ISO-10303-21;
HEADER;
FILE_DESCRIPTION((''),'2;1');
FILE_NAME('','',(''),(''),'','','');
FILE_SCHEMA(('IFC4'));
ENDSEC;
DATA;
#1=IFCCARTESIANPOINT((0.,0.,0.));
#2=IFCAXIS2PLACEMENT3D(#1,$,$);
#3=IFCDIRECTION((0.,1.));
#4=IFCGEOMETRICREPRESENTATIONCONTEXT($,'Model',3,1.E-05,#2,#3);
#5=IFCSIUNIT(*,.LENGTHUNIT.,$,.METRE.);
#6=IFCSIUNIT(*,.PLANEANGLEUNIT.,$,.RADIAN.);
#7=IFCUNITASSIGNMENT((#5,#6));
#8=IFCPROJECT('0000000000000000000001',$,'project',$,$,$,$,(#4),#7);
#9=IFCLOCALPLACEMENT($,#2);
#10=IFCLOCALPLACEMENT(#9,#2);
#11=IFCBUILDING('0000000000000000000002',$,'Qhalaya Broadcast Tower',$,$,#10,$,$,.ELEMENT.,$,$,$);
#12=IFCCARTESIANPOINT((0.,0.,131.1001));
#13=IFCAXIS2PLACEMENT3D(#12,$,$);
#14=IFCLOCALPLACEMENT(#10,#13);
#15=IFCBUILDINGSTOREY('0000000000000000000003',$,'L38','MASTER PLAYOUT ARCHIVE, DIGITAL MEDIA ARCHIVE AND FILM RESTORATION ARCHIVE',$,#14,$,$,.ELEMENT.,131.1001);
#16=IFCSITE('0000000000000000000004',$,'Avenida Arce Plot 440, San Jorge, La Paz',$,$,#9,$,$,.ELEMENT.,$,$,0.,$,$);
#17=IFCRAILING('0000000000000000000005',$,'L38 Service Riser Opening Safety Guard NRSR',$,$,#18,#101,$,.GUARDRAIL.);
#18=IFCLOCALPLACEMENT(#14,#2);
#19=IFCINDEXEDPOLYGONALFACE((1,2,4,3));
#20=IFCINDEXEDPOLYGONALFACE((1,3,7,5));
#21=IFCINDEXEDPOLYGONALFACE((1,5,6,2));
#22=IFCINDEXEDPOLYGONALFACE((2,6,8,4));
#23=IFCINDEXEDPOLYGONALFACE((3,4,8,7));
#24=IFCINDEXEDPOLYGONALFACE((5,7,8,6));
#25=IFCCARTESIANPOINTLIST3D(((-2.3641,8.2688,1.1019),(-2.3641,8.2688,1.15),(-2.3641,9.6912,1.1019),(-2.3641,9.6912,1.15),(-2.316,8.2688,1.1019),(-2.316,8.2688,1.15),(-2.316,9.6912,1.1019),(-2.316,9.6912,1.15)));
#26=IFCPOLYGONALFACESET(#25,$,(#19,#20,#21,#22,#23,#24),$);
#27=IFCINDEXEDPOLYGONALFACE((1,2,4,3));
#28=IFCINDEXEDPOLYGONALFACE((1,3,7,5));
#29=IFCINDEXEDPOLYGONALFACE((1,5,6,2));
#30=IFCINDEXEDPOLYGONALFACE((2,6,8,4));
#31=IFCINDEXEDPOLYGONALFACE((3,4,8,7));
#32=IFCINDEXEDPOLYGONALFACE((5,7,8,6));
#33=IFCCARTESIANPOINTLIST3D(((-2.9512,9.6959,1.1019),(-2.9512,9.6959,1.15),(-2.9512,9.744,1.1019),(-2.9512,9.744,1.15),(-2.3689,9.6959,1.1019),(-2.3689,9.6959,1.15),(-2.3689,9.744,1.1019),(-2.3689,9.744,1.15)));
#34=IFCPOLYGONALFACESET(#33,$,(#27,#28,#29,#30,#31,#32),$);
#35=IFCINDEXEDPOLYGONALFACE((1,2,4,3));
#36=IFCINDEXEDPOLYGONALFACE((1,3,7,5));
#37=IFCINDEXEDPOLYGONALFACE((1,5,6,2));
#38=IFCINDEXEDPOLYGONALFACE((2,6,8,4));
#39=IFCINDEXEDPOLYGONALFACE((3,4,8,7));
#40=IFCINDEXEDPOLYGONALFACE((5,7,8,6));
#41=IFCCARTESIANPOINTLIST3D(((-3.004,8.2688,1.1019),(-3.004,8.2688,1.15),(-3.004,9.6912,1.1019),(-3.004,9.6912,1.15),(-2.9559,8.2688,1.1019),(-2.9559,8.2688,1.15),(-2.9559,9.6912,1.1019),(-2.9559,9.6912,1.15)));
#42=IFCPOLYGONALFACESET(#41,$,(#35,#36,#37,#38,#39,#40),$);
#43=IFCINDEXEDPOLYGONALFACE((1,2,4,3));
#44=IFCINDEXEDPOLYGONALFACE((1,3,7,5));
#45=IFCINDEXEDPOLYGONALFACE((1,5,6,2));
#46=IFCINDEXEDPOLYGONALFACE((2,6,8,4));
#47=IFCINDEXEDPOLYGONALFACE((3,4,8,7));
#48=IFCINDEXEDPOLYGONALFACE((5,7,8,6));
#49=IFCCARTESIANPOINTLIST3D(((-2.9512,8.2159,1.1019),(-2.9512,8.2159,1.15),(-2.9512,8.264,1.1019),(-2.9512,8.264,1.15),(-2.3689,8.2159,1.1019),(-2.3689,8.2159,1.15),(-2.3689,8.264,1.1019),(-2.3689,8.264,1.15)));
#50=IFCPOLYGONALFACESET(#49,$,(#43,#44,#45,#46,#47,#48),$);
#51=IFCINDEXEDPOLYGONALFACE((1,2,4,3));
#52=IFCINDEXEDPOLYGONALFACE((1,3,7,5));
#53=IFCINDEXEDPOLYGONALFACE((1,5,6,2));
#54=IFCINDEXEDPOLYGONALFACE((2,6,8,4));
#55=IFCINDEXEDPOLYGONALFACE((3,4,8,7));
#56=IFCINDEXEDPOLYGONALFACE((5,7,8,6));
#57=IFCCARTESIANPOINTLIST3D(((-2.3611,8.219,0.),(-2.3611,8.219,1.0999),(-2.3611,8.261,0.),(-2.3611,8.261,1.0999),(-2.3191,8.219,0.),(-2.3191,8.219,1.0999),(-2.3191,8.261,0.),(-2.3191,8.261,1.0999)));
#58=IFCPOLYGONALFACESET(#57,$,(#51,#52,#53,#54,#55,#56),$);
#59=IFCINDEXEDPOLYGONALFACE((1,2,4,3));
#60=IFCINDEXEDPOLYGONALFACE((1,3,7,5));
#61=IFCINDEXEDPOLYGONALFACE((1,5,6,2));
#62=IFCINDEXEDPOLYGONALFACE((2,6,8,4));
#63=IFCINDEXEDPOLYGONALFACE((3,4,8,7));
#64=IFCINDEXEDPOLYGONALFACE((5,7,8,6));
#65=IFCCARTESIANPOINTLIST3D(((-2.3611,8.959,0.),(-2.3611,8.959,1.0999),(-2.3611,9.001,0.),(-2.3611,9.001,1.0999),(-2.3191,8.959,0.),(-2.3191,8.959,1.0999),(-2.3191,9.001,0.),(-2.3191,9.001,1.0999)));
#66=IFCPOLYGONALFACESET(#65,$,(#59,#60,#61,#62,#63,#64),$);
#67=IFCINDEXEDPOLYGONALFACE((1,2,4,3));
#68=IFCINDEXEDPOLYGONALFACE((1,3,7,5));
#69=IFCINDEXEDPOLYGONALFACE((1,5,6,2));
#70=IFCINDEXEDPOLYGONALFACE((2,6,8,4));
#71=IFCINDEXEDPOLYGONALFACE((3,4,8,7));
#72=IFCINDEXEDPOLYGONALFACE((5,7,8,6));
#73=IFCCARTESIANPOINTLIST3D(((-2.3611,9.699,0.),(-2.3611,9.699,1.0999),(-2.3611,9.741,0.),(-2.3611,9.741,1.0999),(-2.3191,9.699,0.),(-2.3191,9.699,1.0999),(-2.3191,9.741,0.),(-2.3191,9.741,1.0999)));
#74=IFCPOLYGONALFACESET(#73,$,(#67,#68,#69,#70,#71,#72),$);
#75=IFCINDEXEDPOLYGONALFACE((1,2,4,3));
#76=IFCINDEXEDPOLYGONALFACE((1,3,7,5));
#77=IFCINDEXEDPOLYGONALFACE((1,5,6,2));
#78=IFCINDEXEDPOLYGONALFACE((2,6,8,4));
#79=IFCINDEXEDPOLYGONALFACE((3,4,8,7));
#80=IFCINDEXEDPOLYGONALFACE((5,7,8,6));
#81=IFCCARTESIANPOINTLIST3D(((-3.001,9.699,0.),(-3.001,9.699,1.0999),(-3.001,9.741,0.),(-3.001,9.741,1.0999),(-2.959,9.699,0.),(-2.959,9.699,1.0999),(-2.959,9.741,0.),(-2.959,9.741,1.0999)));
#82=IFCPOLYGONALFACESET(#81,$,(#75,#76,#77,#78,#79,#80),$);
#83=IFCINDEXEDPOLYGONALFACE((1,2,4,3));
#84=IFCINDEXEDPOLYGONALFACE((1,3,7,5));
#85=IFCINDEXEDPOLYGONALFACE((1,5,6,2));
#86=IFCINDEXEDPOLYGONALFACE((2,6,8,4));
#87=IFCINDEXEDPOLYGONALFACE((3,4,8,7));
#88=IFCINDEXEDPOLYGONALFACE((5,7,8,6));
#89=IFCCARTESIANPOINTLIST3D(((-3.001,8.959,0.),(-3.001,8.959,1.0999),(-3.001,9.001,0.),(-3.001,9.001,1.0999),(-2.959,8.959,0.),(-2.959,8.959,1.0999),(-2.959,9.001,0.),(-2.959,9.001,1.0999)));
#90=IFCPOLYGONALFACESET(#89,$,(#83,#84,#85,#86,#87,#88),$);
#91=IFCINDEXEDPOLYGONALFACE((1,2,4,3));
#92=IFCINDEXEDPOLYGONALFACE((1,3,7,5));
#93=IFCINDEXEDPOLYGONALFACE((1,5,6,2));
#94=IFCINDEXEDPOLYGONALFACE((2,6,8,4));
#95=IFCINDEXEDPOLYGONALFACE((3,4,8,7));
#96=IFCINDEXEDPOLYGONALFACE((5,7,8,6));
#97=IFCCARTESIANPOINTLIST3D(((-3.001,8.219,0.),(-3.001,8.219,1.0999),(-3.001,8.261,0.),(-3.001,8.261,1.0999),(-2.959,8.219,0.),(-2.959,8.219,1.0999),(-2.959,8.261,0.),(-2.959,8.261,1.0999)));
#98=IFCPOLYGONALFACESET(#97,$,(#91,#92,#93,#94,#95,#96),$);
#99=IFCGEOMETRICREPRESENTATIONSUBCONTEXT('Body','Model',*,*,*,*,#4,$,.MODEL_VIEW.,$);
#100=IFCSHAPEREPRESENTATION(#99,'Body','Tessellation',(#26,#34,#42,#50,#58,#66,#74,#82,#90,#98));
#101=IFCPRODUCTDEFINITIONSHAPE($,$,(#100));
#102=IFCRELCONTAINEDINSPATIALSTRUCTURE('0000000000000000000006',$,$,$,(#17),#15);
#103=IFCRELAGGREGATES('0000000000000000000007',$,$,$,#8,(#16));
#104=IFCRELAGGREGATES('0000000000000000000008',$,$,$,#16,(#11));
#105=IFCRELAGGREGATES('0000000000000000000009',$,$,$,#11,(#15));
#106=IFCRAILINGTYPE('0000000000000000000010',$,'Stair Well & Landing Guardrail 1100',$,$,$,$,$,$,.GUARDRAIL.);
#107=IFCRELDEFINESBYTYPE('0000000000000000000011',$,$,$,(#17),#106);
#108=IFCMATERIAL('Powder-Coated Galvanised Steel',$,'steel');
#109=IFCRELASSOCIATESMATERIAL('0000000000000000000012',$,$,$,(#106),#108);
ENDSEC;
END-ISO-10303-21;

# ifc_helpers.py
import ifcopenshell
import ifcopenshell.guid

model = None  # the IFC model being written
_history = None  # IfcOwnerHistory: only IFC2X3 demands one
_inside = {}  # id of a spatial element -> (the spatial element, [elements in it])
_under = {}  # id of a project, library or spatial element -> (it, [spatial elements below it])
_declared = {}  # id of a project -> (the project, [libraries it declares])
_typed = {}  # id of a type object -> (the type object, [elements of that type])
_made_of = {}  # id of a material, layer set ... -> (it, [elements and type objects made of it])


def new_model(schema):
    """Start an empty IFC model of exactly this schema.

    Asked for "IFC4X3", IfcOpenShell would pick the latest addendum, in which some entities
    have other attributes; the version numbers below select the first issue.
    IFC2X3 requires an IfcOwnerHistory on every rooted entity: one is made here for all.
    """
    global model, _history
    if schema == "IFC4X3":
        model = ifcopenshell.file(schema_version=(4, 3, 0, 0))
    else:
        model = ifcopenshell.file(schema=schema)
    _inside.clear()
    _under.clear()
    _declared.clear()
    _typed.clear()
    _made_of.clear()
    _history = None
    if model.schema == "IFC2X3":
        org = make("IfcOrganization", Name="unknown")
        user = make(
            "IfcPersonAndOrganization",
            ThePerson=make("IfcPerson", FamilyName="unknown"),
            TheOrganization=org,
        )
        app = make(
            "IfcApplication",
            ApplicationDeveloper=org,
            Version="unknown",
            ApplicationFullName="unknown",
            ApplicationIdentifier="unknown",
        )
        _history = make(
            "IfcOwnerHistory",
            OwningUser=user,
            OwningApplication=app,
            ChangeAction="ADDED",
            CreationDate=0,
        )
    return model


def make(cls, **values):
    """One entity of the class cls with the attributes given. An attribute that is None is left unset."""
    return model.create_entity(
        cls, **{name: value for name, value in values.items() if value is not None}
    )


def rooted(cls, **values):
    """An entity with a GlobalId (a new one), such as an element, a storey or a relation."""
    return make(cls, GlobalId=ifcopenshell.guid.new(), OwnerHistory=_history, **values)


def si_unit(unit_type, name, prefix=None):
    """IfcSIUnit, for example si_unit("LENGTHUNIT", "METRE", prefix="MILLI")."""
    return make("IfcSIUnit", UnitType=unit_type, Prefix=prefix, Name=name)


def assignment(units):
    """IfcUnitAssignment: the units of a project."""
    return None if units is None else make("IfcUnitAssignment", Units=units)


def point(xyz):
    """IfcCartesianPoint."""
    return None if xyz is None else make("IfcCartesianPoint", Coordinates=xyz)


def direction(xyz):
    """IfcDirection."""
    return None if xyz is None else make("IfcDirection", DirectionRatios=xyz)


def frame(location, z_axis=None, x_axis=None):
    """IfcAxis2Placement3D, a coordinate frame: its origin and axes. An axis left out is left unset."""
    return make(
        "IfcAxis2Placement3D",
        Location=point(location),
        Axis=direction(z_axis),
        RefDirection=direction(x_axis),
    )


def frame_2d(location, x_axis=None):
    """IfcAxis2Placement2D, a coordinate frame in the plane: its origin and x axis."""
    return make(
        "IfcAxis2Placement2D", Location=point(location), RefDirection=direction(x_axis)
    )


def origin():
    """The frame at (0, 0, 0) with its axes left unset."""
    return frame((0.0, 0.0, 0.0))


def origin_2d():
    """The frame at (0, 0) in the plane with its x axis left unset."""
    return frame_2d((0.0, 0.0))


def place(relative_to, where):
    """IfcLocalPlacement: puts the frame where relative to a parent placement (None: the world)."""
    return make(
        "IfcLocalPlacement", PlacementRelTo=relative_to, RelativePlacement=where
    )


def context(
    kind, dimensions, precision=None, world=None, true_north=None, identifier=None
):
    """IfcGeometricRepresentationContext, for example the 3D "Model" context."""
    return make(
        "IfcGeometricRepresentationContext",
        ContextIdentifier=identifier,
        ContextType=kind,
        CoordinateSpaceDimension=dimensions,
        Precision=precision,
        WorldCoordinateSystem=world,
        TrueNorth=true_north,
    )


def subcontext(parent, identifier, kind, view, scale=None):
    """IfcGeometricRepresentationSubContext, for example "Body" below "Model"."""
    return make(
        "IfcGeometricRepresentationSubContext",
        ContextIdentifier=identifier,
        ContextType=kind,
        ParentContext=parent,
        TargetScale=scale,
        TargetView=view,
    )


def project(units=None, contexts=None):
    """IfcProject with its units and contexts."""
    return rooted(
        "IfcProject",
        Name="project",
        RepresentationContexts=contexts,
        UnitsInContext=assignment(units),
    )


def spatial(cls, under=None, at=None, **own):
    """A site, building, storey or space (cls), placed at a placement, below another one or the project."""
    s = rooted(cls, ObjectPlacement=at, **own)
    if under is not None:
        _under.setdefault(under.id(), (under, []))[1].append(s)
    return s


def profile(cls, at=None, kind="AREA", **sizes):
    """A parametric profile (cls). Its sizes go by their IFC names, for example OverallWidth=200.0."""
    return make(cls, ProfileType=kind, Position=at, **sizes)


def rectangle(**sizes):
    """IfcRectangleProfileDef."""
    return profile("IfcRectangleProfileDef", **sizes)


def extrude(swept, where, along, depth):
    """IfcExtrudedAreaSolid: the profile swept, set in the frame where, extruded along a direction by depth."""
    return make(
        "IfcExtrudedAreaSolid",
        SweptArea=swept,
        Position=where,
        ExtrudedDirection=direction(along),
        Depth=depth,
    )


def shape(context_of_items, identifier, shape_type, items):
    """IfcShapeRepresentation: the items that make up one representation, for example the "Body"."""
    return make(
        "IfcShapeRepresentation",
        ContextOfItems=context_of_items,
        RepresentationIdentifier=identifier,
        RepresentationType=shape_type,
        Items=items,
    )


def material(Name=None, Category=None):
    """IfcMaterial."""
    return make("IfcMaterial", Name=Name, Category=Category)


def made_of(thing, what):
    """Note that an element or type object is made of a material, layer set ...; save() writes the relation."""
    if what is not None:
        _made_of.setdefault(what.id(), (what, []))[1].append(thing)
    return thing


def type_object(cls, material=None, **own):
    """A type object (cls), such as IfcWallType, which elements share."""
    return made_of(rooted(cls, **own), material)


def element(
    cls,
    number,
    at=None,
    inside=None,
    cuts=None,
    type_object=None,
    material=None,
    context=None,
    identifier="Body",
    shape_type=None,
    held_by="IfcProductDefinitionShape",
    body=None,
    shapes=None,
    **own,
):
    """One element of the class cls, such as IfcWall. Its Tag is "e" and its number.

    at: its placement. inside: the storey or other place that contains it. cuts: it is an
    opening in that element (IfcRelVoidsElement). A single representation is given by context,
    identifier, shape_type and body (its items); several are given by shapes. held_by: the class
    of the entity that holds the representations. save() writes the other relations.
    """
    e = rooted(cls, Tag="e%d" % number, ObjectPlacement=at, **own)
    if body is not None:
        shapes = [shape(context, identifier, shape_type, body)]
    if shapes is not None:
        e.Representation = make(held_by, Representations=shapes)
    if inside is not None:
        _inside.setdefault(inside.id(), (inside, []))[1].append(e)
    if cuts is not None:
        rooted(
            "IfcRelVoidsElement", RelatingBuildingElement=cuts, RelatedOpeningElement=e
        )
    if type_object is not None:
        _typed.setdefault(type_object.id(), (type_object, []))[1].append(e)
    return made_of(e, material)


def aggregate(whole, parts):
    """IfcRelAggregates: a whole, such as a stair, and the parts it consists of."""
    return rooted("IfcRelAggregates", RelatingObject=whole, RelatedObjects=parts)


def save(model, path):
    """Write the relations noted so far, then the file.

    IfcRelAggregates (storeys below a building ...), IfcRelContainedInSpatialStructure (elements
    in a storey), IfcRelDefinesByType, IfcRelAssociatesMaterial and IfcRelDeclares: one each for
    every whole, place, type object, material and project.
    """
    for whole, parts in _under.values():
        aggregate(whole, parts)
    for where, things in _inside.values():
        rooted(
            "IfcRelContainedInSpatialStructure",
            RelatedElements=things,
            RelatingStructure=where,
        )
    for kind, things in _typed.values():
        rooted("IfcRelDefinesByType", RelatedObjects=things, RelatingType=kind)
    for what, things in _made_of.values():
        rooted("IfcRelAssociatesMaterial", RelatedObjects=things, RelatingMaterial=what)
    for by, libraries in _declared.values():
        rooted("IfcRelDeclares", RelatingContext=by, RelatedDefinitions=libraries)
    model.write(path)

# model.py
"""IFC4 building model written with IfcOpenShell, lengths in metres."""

from ifc_helpers import new_model, si_unit, direction, frame, origin, origin_2d, place, context, subcontext, project, spatial, rectangle, extrude, material, type_object, element, save


model = new_model("IFC4")

# Units and contexts
model_context = context("Model", 3, precision=1e-05, world=origin(), true_north=direction((0.0, 1.0)))
body_context = subcontext(model_context, "Body", "Model", "MODEL_VIEW")
ifc_project = project(units=[si_unit("LENGTHUNIT", "METRE"), si_unit("PLANEANGLEUNIT", "RADIAN")], contexts=[model_context])

# Site, building, storey
site_placement = place(None, origin())
site = spatial("IfcSite", under=ifc_project, at=site_placement, Name="Avenida Arce Plot 440, San Jorge, La Paz", CompositionType="ELEMENT", RefElevation=0.0)
building_placement = place(site_placement, origin())
building = spatial("IfcBuilding", under=site, at=building_placement, Name="Qhalaya Broadcast Tower", CompositionType="ELEMENT")
storey_placement = place(building_placement, frame((0.0, 0.0, 131.1001)))
storey = spatial("IfcBuildingStorey", under=building, at=storey_placement, Name="L38", Description="MASTER PLAYOUT ARCHIVE, DIGITAL MEDIA ARCHIVE AND FILM RESTORATION ARCHIVE", CompositionType="ELEMENT", Elevation=131.1001)

# Railing
ifc_material_1 = material(Name="Powder-Coated Galvanised Steel", Category="steel")
railing_type = type_object("IfcRailingType", Name="Stair Well & Landing Guardrail 1100", PredefinedType="GUARDRAIL", material=ifc_material_1)
railing_placement = place(storey_placement, frame((-2.3401, 8.24, 0.0)))
element("IfcRailing", 1, at=railing_placement, inside=storey, type_object=railing_type, Name="L38 Service Riser Opening Safety Guard NRSR", PredefinedType="GUARDRAIL", context=body_context, shape_type="SweptSolid", body=[
    extrude(rectangle(XDim=0.0481, YDim=0.0481, at=origin_2d()), frame((0.0, 0.0288, 1.126), z_axis=(0.0, 1.0, 0.0), x_axis=(-1.0, 0.0, 0.0)), (0.0, 0.0, 1.0), 1.4224),
    extrude(rectangle(XDim=0.0481, YDim=0.0481, at=origin_2d()), frame((-0.0288, 1.48, 1.126), z_axis=(-1.0, 0.0, 0.0), x_axis=(0.0, -1.0, 0.0)), (0.0, 0.0, 1.0), 0.5823),
    extrude(rectangle(XDim=0.0481, YDim=0.0481, at=origin_2d()), frame((-0.6399, 1.4512, 1.126), z_axis=(0.0, -1.0, 0.0), x_axis=(1.0, 0.0, 0.0)), (0.0, 0.0, 1.0), 1.4224),
    extrude(rectangle(XDim=0.0481, YDim=0.0481, at=origin_2d()), frame((-0.6111, 0.0, 1.126), z_axis=(1.0, 0.0, 0.0), x_axis=(0.0, 1.0, 0.0)), (0.0, 0.0, 1.0), 0.5823),
    extrude(rectangle(XDim=0.042, YDim=0.042, at=origin_2d()), origin(), (0.0, 0.0, 1.0), 1.0999),
    extrude(rectangle(XDim=0.042, YDim=0.042, at=origin_2d()), frame((0.0, 0.74, 0.0)), (0.0, 0.0, 1.0), 1.0999),
    extrude(rectangle(XDim=0.042, YDim=0.042, at=origin_2d()), frame((0.0, 1.48, 0.0)), (0.0, 0.0, 1.0), 1.0999),
    extrude(rectangle(XDim=0.042, YDim=0.042, at=origin_2d()), frame((-0.6399, 1.48, 0.0)), (0.0, 0.0, 1.0), 1.0999),
    extrude(rectangle(XDim=0.042, YDim=0.042, at=origin_2d()), frame((-0.6399, 0.74, 0.0)), (0.0, 0.0, 1.0), 1.0999),
    extrude(rectangle(XDim=0.042, YDim=0.042, at=origin_2d()), frame((-0.6399, 0.0, 0.0)), (0.0, 0.0, 1.0), 1.0999),
])

save(model, "model.ifc")
